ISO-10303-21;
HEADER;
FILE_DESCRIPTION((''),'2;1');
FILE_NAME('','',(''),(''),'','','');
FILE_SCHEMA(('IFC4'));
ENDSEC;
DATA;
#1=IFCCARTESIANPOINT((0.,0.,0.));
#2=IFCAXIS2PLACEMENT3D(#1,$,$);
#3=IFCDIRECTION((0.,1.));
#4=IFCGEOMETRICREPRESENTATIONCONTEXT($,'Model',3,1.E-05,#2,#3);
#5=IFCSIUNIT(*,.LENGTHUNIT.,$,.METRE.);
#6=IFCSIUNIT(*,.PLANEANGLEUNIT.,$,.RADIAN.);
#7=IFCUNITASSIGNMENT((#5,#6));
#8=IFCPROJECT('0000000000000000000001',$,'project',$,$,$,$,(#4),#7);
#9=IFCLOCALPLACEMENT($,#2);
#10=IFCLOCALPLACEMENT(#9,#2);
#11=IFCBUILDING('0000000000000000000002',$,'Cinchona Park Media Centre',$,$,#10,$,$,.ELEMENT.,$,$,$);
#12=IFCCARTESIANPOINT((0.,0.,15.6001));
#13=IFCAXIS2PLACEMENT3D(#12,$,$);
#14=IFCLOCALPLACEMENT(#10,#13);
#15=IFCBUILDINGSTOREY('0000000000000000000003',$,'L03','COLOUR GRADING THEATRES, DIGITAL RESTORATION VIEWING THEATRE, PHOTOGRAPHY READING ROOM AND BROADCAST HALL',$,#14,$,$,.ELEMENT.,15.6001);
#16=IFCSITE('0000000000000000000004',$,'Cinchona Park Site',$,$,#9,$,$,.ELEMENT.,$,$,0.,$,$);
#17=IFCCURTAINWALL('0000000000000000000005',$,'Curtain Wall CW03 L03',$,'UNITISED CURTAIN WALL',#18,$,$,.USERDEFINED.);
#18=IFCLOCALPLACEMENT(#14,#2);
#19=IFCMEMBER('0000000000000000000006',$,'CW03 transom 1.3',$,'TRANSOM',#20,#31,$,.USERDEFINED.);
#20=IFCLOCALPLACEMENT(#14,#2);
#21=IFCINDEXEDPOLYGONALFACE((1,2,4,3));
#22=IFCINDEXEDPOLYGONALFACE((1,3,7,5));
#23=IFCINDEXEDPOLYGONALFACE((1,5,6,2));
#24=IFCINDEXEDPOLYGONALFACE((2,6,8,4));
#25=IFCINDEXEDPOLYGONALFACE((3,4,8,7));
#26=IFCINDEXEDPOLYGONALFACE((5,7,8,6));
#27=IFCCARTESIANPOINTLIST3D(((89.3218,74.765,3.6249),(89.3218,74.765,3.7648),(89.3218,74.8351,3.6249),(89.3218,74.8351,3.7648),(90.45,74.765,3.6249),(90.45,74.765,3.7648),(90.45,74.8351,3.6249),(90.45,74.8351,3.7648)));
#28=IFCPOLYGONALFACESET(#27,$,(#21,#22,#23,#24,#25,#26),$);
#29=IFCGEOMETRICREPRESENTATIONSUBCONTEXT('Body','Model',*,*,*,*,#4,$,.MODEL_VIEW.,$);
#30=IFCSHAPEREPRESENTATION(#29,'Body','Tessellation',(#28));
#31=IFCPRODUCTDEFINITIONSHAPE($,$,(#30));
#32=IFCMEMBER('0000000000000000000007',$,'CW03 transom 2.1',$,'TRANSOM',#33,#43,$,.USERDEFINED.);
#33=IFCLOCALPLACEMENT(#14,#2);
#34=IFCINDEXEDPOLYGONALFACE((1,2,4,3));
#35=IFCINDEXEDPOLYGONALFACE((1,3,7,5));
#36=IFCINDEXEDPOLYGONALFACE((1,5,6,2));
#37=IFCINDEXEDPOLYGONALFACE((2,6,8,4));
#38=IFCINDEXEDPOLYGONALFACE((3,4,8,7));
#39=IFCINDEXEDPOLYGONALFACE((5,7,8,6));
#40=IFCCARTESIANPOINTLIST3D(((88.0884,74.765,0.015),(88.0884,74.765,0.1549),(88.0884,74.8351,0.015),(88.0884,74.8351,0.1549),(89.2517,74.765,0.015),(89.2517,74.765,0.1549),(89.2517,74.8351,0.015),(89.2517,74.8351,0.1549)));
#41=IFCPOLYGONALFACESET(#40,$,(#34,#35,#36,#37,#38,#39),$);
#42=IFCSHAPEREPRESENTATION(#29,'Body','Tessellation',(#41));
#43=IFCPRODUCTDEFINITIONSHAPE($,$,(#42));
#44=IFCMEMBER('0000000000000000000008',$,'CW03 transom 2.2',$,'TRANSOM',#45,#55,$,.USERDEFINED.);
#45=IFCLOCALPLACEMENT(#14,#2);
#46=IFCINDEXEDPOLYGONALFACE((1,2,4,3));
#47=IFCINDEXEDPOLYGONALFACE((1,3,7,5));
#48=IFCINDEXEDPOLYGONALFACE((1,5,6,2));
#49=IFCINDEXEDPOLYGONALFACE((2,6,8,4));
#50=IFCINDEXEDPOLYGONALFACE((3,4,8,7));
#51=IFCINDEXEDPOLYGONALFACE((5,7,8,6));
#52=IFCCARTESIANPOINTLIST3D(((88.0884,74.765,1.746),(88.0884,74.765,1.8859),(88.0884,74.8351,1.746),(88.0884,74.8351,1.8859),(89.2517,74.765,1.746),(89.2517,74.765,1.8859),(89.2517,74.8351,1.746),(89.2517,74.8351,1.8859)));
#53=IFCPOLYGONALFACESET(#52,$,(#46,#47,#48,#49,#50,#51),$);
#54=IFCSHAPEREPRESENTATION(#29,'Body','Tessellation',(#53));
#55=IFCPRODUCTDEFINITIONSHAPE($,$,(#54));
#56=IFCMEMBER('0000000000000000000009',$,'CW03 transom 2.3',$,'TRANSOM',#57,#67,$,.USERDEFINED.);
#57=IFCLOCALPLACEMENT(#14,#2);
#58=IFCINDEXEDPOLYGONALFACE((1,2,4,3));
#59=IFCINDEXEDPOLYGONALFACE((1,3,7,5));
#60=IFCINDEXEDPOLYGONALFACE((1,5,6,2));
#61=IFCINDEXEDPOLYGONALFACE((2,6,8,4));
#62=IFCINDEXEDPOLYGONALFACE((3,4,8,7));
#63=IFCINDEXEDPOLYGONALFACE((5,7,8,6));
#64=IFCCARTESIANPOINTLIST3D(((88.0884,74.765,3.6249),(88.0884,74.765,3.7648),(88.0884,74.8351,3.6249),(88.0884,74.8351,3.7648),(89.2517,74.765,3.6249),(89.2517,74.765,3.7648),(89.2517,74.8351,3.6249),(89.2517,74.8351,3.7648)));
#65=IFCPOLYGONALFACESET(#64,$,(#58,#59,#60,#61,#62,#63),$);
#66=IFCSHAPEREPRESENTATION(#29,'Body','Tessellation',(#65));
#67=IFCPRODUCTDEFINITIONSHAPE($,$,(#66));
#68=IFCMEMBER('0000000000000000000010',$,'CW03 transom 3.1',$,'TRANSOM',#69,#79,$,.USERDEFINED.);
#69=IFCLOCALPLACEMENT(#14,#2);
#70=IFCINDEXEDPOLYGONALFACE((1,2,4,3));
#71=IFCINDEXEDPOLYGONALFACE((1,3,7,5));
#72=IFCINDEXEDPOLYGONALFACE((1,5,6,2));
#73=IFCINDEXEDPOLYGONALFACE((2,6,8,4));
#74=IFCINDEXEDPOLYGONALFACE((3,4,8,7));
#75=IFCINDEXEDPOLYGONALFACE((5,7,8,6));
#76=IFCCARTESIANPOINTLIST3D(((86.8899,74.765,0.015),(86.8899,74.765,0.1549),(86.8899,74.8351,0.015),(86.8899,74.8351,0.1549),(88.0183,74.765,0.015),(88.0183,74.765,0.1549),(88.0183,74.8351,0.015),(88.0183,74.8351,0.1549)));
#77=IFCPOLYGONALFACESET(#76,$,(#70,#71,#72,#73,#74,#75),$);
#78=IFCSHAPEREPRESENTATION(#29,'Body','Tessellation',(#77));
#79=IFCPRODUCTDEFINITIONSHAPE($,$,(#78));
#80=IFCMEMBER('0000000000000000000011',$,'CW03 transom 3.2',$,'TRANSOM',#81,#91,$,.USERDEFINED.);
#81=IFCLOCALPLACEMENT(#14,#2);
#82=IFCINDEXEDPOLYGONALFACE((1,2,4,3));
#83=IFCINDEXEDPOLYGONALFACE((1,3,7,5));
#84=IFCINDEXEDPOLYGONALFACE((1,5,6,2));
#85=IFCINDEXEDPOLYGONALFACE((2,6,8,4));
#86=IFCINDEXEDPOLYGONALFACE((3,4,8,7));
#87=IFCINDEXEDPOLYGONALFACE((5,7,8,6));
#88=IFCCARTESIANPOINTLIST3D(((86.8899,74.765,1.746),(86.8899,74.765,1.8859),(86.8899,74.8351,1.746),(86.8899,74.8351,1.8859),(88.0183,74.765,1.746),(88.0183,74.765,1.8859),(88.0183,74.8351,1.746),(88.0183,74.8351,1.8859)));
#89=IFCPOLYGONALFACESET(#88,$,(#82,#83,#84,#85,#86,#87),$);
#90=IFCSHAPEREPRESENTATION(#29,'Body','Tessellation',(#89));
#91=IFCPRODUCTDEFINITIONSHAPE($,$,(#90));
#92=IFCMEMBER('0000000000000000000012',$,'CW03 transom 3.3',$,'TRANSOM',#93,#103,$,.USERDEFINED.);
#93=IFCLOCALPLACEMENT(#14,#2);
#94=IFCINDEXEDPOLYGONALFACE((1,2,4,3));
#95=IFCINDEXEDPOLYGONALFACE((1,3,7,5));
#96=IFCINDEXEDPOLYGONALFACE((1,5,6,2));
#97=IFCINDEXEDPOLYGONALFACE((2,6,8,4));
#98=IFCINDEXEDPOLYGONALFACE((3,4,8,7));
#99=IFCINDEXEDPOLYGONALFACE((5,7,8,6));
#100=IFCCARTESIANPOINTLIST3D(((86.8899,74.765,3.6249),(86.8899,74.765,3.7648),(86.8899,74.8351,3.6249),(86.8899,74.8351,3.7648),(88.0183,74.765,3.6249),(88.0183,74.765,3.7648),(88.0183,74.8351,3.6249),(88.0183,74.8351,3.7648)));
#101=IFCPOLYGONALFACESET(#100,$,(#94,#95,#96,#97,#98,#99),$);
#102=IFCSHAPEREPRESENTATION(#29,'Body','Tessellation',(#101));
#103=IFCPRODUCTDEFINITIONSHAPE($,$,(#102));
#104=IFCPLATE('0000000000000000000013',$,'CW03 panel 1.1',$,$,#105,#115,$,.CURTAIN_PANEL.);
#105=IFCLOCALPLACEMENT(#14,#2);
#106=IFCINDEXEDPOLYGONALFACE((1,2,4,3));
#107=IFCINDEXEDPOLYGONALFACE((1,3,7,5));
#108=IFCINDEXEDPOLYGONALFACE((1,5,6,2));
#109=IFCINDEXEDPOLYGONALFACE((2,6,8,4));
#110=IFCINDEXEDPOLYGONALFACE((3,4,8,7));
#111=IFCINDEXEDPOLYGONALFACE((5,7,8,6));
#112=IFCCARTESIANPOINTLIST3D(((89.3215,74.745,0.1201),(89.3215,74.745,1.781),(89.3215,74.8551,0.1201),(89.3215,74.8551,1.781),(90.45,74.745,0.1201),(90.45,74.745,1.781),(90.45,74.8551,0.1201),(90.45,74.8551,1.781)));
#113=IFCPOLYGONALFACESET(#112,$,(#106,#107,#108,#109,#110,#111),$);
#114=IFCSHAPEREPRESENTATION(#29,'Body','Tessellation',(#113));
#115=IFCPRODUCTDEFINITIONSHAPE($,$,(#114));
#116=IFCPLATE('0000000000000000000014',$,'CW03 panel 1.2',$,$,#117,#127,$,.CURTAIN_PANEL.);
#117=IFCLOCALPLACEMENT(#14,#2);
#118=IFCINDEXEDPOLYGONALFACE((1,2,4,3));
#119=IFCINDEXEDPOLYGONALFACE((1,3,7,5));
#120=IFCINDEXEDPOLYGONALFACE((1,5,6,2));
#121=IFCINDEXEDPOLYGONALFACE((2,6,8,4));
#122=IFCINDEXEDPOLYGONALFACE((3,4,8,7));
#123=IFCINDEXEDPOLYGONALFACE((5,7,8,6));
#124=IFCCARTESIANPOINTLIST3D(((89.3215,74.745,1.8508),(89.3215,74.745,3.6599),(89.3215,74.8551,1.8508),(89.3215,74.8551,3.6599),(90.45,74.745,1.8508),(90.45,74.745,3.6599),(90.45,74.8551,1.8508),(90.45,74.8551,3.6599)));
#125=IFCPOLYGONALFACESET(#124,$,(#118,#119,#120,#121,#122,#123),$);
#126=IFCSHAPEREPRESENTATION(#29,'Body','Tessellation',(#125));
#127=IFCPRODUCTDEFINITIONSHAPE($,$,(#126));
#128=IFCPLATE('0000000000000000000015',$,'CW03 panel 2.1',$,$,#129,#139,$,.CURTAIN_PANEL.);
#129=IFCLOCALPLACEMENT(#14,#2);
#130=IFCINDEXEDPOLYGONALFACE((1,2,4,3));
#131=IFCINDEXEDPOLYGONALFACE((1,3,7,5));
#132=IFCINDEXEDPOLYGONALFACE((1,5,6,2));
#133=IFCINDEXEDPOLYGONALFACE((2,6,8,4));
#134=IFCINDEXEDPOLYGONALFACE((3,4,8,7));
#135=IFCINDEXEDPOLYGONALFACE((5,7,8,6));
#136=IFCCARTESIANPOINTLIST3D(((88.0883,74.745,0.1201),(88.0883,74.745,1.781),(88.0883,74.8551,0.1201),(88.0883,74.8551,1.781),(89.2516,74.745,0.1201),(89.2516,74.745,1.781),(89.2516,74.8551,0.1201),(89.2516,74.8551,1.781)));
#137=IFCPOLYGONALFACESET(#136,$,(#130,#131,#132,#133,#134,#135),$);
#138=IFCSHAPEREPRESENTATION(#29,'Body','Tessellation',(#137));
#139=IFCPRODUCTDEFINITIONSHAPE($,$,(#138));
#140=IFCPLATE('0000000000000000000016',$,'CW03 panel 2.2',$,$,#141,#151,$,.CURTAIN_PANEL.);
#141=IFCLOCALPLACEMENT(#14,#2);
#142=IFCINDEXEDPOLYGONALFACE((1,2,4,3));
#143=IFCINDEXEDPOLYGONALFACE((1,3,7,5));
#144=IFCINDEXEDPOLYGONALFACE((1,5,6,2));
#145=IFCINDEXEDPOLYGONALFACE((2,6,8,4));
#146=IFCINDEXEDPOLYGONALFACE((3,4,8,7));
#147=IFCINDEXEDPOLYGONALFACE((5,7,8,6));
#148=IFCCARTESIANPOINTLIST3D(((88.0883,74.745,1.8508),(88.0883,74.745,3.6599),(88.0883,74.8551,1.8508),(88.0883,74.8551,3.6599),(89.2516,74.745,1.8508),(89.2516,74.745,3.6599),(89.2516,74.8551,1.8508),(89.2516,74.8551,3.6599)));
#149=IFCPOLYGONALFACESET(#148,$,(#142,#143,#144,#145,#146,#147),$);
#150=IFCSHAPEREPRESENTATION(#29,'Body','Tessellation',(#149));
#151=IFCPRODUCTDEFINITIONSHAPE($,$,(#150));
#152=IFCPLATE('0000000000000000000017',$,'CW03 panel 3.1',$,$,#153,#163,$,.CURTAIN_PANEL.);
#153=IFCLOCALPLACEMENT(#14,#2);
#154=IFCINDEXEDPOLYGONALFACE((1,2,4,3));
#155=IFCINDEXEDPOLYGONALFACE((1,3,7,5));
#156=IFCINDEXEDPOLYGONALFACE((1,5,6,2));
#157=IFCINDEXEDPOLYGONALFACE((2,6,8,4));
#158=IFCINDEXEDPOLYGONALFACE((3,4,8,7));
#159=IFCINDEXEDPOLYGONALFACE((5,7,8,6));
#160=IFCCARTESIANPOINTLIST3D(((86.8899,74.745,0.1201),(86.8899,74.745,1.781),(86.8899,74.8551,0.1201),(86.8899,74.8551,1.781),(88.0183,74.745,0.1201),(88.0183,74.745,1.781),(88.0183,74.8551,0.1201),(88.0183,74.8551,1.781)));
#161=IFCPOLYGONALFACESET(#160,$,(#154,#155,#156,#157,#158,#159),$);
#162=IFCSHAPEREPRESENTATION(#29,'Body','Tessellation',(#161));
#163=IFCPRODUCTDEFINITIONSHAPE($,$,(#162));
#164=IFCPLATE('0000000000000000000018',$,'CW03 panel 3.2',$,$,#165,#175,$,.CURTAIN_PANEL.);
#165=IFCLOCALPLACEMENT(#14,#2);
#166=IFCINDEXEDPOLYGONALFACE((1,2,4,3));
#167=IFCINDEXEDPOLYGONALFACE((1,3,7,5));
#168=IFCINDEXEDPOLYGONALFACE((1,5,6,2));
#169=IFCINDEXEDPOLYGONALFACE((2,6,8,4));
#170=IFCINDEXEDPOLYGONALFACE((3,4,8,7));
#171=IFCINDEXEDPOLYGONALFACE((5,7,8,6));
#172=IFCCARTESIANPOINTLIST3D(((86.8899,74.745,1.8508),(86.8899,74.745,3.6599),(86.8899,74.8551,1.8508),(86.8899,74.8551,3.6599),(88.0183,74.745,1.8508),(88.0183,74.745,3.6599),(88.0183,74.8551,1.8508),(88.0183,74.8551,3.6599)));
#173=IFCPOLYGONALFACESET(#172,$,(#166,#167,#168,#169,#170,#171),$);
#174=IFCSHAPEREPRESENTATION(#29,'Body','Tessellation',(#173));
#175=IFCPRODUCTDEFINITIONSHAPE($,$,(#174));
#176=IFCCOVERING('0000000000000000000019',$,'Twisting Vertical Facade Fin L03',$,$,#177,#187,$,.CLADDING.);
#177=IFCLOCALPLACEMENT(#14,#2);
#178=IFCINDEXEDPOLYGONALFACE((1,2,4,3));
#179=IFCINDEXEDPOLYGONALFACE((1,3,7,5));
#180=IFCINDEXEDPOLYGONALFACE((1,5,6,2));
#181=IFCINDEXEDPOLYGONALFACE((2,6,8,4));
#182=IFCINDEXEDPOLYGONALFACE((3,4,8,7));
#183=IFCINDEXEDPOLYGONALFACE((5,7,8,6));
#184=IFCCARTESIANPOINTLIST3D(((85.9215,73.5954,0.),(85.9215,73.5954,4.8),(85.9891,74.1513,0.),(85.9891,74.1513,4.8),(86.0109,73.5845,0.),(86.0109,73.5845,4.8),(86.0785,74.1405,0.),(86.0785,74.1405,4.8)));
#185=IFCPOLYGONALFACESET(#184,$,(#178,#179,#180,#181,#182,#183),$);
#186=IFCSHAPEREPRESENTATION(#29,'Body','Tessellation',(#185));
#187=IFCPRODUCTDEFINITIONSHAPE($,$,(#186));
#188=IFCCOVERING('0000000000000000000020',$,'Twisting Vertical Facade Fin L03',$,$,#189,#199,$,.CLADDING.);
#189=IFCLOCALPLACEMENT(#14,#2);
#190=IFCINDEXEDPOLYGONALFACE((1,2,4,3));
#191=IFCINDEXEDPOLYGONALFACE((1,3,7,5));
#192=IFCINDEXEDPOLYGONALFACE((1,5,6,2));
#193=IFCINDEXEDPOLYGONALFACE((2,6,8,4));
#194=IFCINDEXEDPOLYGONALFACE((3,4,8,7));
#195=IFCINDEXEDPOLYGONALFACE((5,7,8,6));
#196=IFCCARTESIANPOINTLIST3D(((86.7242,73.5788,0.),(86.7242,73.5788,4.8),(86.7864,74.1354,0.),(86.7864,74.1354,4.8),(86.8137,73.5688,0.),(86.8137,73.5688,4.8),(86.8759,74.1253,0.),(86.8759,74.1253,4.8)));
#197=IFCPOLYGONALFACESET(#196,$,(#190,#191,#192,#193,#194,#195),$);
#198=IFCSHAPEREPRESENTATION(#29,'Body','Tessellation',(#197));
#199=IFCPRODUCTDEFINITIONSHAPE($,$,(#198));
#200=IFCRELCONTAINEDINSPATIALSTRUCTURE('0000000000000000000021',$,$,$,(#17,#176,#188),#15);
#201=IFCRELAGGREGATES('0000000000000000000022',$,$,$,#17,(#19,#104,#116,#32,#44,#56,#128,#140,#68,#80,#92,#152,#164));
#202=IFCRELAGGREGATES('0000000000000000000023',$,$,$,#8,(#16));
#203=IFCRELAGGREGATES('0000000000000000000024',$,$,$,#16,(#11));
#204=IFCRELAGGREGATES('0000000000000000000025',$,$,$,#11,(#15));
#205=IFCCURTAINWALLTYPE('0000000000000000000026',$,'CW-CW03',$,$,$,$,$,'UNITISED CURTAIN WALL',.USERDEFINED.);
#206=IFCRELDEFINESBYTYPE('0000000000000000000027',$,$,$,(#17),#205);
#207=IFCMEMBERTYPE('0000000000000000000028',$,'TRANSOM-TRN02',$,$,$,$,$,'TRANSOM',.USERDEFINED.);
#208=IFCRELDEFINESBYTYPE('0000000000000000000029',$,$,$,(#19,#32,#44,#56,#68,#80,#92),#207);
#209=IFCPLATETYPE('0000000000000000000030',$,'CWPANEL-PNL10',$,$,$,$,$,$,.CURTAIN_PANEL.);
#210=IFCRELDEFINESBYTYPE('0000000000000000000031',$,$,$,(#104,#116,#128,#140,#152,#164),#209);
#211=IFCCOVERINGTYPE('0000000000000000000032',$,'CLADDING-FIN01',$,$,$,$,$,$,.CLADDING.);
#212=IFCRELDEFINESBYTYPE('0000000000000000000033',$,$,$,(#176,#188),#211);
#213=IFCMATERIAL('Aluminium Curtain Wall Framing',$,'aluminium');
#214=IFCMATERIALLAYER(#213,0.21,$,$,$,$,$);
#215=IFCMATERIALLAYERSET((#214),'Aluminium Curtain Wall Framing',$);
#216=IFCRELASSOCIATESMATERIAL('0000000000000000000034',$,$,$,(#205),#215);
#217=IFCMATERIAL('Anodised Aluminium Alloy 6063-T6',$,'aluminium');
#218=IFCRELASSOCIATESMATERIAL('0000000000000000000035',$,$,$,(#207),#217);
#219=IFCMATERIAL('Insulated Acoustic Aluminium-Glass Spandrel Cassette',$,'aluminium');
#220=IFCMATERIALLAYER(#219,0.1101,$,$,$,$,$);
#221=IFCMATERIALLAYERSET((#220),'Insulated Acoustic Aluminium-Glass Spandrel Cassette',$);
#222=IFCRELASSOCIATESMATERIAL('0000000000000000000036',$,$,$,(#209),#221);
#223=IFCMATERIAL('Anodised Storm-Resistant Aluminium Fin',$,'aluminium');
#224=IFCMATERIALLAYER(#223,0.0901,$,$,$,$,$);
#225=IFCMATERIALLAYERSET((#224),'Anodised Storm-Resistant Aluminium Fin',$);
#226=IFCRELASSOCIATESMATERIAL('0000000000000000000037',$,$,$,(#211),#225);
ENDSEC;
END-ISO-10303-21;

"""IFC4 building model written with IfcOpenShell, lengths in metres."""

from ifc_helpers import new_model, si_unit, direction, frame, origin, origin_2d, place, context, subcontext, project, spatial, rectangle, extrude, material, layer, layer_set, material_profile, profile_set, type_object, element, aggregate, save


model = new_model("IFC4")

# Units and contexts
model_context = context("Model", 3, precision=1e-05, world=origin(), true_north=direction((0.0, 1.0)))
body_context = subcontext(model_context, "Body", "Model", "MODEL_VIEW")
ifc_project = project(units=[si_unit("LENGTHUNIT", "METRE"), si_unit("PLANEANGLEUNIT", "RADIAN")], contexts=[model_context])

# Site, building, storey
site_placement = place(None, origin())
site = spatial("IfcSite", under=ifc_project, at=site_placement, Name="Cinchona Park Site", CompositionType="ELEMENT", RefElevation=0.0)
building_placement = place(site_placement, origin())
building = spatial("IfcBuilding", under=site, at=building_placement, Name="Cinchona Park Media Centre", CompositionType="ELEMENT")
storey_placement = place(building_placement, frame((0.0, 0.0, 15.6001)))
storey = spatial("IfcBuildingStorey", under=building, at=storey_placement, Name="L03", Description="COLOUR GRADING THEATRES, DIGITAL RESTORATION VIEWING THEATRE, PHOTOGRAPHY READING ROOM AND BROADCAST HALL", CompositionType="ELEMENT", Elevation=15.6001)

# Curtain wall
ifc_material_1 = material(Name="Aluminium Curtain Wall Framing", Category="aluminium")
ifc_layer_1 = layer(ifc_material_1, 0.21)
ifc_layer_set_1 = layer_set([ifc_layer_1], Name="Aluminium Curtain Wall Framing")
curtain_wall_type_1 = type_object("IfcCurtainWallType", Name="CW-CW03", ElementType="UNITISED CURTAIN WALL", PredefinedType="USERDEFINED", material=ifc_layer_set_1)
curtain_wall_1_placement = place(storey_placement, origin())
curtain_wall_1 = element("IfcCurtainWall", 1, at=curtain_wall_1_placement, inside=storey, type_object=curtain_wall_type_1, Name="Curtain Wall CW03 L03", ObjectType="UNITISED CURTAIN WALL", PredefinedType="USERDEFINED")

# Members
ifc_material_2 = material(Name="Anodised Aluminium Alloy 6063-T6", Category="aluminium")
ifc_material_profile_1 = material_profile(ifc_material_2, rectangle(XDim=0.0701, YDim=0.1399, at=origin_2d()), Name="TRN-70X140")
ifc_profile_set_1 = profile_set([ifc_material_profile_1], Name="Anodised Aluminium Alloy 6063-T6")
member_type_1 = type_object("IfcMemberType", Name="TRANSOM-TRN02", ElementType="TRANSOM", PredefinedType="USERDEFINED", material=ifc_profile_set_1)
member_1_placement = place(storey_placement, frame((90.45, 74.8, 3.6948), z_axis=(-1.0, 0.0, 0.0), x_axis=(0.0, -1.0, 0.0)))
member_1 = element("IfcMember", 2, at=member_1_placement, type_object=member_type_1, Name="CW03 transom 1.3", ObjectType="TRANSOM", PredefinedType="USERDEFINED", context=body_context, shape_type="SweptSolid", body=[
    extrude(rectangle(XDim=0.0701, YDim=0.1399, at=origin_2d()), origin(), (0.0, 0.0, 1.0), 1.1282),
])
member_2_placement = place(storey_placement, frame((89.2517, 74.8, 0.085), z_axis=(-1.0, 0.0, 0.0), x_axis=(0.0, -1.0, 0.0)))
member_2 = element("IfcMember", 3, at=member_2_placement, type_object=member_type_1, Name="CW03 transom 2.1", ObjectType="TRANSOM", PredefinedType="USERDEFINED", context=body_context, shape_type="SweptSolid", body=[
    extrude(rectangle(XDim=0.0701, YDim=0.1399, at=origin_2d()), origin(), (0.0, 0.0, 1.0), 1.1633),
])
member_3_placement = place(storey_placement, frame((89.2517, 74.8, 1.8159), z_axis=(-1.0, 0.0, 0.0), x_axis=(0.0, -1.0, 0.0)))
member_3 = element("IfcMember", 4, at=member_3_placement, type_object=member_type_1, Name="CW03 transom 2.2", ObjectType="TRANSOM", PredefinedType="USERDEFINED", context=body_context, shape_type="SweptSolid", body=[
    extrude(rectangle(XDim=0.0701, YDim=0.1399, at=origin_2d()), origin(), (0.0, 0.0, 1.0), 1.1633),
])
member_4_placement = place(storey_placement, frame((89.2517, 74.8, 3.6948), z_axis=(-1.0, 0.0, 0.0), x_axis=(0.0, -1.0, 0.0)))
member_4 = element("IfcMember", 5, at=member_4_placement, type_object=member_type_1, Name="CW03 transom 2.3", ObjectType="TRANSOM", PredefinedType="USERDEFINED", context=body_context, shape_type="SweptSolid", body=[
    extrude(rectangle(XDim=0.0701, YDim=0.1399, at=origin_2d()), origin(), (0.0, 0.0, 1.0), 1.1633),
])
member_5_placement = place(storey_placement, frame((88.0183, 74.8, 0.085), z_axis=(-1.0, 0.0, 0.0), x_axis=(0.0, -1.0, 0.0)))
member_5 = element("IfcMember", 6, at=member_5_placement, type_object=member_type_1, Name="CW03 transom 3.1", ObjectType="TRANSOM", PredefinedType="USERDEFINED", context=body_context, shape_type="SweptSolid", body=[
    extrude(rectangle(XDim=0.0701, YDim=0.1399, at=origin_2d()), origin(), (0.0, 0.0, 1.0), 1.1284),
])
member_6_placement = place(storey_placement, frame((88.0183, 74.8, 1.8159), z_axis=(-1.0, 0.0, 0.0), x_axis=(0.0, -1.0, 0.0)))
member_6 = element("IfcMember", 7, at=member_6_placement, type_object=member_type_1, Name="CW03 transom 3.2", ObjectType="TRANSOM", PredefinedType="USERDEFINED", context=body_context, shape_type="SweptSolid", body=[
    extrude(rectangle(XDim=0.0701, YDim=0.1399, at=origin_2d()), origin(), (0.0, 0.0, 1.0), 1.1284),
])
member_7_placement = place(storey_placement, frame((88.0183, 74.8, 3.6948), z_axis=(-1.0, 0.0, 0.0), x_axis=(0.0, -1.0, 0.0)))
member_7 = element("IfcMember", 8, at=member_7_placement, type_object=member_type_1, Name="CW03 transom 3.3", ObjectType="TRANSOM", PredefinedType="USERDEFINED", context=body_context, shape_type="SweptSolid", body=[
    extrude(rectangle(XDim=0.0701, YDim=0.1399, at=origin_2d()), origin(), (0.0, 0.0, 1.0), 1.1284),
])

# Plates
ifc_material_3 = material(Name="Insulated Acoustic Aluminium-Glass Spandrel Cassette", Category="aluminium")
ifc_layer_2 = layer(ifc_material_3, 0.1101)
ifc_layer_set_2 = layer_set([ifc_layer_2], Name="Insulated Acoustic Aluminium-Glass Spandrel Cassette")
plate_type = type_object("IfcPlateType", Name="CWPANEL-PNL10", PredefinedType="CURTAIN_PANEL", material=ifc_layer_set_2)
plate_1_placement = place(storey_placement, frame((89.8857, 74.8, 0.1201), z_axis=(0.0, 0.0, 1.0), x_axis=(-1.0, 0.0, 0.0)))
plate_1 = element("IfcPlate", 9, at=plate_1_placement, type_object=plate_type, Name="CW03 panel 1.1", PredefinedType="CURTAIN_PANEL", context=body_context, shape_type="SweptSolid", body=[
    extrude(rectangle(XDim=1.1284, YDim=0.1101, at=origin_2d()), origin(), (0.0, 0.0, 1.0), 1.6609),
])
plate_2_placement = place(storey_placement, frame((89.8857, 74.8, 1.8508), z_axis=(0.0, 0.0, 1.0), x_axis=(-1.0, 0.0, 0.0)))
plate_2 = element("IfcPlate", 10, at=plate_2_placement, type_object=plate_type, Name="CW03 panel 1.2", PredefinedType="CURTAIN_PANEL", context=body_context, shape_type="SweptSolid", body=[
    extrude(rectangle(XDim=1.1284, YDim=0.1101, at=origin_2d()), origin(), (0.0, 0.0, 1.0), 1.8091),
])
plate_3_placement = place(storey_placement, frame((88.6699, 74.8, 0.1201), z_axis=(0.0, 0.0, 1.0), x_axis=(-1.0, 0.0, 0.0)))
plate_3 = element("IfcPlate", 11, at=plate_3_placement, type_object=plate_type, Name="CW03 panel 2.1", PredefinedType="CURTAIN_PANEL", context=body_context, shape_type="SweptSolid", body=[
    extrude(rectangle(XDim=1.1633, YDim=0.1101, at=origin_2d()), origin(), (0.0, 0.0, 1.0), 1.6609),
])
plate_4_placement = place(storey_placement, frame((88.6699, 74.8, 1.8508), z_axis=(0.0, 0.0, 1.0), x_axis=(-1.0, 0.0, 0.0)))
plate_4 = element("IfcPlate", 12, at=plate_4_placement, type_object=plate_type, Name="CW03 panel 2.2", PredefinedType="CURTAIN_PANEL", context=body_context, shape_type="SweptSolid", body=[
    extrude(rectangle(XDim=1.1633, YDim=0.1101, at=origin_2d()), origin(), (0.0, 0.0, 1.0), 1.8091),
])
plate_5_placement = place(storey_placement, frame((87.4541, 74.8, 0.1201), z_axis=(0.0, 0.0, 1.0), x_axis=(-1.0, 0.0, 0.0)))
plate_5 = element("IfcPlate", 13, at=plate_5_placement, type_object=plate_type, Name="CW03 panel 3.1", PredefinedType="CURTAIN_PANEL", context=body_context, shape_type="SweptSolid", body=[
    extrude(rectangle(XDim=1.1284, YDim=0.1101, at=origin_2d()), origin(), (0.0, 0.0, 1.0), 1.6609),
])
plate_6_placement = place(storey_placement, frame((87.4541, 74.8, 1.8508), z_axis=(0.0, 0.0, 1.0), x_axis=(-1.0, 0.0, 0.0)))
plate_6 = element("IfcPlate", 14, at=plate_6_placement, type_object=plate_type, Name="CW03 panel 3.2", PredefinedType="CURTAIN_PANEL", context=body_context, shape_type="SweptSolid", body=[
    extrude(rectangle(XDim=1.1284, YDim=0.1101, at=origin_2d()), origin(), (0.0, 0.0, 1.0), 1.8091),
])
aggregate(curtain_wall_1, [member_1, plate_1, plate_2, member_2, member_3, member_4, plate_3, plate_4, member_5, member_6, member_7, plate_5, plate_6])

# Coverings
ifc_material_4 = material(Name="Anodised Storm-Resistant Aluminium Fin", Category="aluminium")
ifc_layer_3 = layer(ifc_material_4, 0.0901)
ifc_layer_set_3 = layer_set([ifc_layer_3], Name="Anodised Storm-Resistant Aluminium Fin")
covering_type = type_object("IfcCoveringType", Name="CLADDING-FIN01", PredefinedType="CLADDING", material=ifc_layer_set_3)
for number, where, z_axis, x_axis, name in (
    (15, (86.0, 73.8679, 0.0), (0.0, 0.0, 1.0), (0.12083, 0.992673, 0.0), "Twisting Vertical Facade Fin L03"),
    (16, (86.8, 73.8521, 0.0), (0.0, 0.0, 1.0), (0.111122, 0.993807, 0.0), "Twisting Vertical Facade Fin L03"),
):
    element("IfcCovering", number, at=place(storey_placement, frame(where, z_axis=z_axis, x_axis=x_axis)), inside=storey, type_object=covering_type, Name=name, PredefinedType="CLADDING", context=body_context, shape_type="SweptSolid", body=[
        extrude(rectangle(XDim=0.5601, YDim=0.0901, at=origin_2d()), origin(), (0.0, 0.0, 1.0), 4.8),
    ])

save(model, "model.ifc")
